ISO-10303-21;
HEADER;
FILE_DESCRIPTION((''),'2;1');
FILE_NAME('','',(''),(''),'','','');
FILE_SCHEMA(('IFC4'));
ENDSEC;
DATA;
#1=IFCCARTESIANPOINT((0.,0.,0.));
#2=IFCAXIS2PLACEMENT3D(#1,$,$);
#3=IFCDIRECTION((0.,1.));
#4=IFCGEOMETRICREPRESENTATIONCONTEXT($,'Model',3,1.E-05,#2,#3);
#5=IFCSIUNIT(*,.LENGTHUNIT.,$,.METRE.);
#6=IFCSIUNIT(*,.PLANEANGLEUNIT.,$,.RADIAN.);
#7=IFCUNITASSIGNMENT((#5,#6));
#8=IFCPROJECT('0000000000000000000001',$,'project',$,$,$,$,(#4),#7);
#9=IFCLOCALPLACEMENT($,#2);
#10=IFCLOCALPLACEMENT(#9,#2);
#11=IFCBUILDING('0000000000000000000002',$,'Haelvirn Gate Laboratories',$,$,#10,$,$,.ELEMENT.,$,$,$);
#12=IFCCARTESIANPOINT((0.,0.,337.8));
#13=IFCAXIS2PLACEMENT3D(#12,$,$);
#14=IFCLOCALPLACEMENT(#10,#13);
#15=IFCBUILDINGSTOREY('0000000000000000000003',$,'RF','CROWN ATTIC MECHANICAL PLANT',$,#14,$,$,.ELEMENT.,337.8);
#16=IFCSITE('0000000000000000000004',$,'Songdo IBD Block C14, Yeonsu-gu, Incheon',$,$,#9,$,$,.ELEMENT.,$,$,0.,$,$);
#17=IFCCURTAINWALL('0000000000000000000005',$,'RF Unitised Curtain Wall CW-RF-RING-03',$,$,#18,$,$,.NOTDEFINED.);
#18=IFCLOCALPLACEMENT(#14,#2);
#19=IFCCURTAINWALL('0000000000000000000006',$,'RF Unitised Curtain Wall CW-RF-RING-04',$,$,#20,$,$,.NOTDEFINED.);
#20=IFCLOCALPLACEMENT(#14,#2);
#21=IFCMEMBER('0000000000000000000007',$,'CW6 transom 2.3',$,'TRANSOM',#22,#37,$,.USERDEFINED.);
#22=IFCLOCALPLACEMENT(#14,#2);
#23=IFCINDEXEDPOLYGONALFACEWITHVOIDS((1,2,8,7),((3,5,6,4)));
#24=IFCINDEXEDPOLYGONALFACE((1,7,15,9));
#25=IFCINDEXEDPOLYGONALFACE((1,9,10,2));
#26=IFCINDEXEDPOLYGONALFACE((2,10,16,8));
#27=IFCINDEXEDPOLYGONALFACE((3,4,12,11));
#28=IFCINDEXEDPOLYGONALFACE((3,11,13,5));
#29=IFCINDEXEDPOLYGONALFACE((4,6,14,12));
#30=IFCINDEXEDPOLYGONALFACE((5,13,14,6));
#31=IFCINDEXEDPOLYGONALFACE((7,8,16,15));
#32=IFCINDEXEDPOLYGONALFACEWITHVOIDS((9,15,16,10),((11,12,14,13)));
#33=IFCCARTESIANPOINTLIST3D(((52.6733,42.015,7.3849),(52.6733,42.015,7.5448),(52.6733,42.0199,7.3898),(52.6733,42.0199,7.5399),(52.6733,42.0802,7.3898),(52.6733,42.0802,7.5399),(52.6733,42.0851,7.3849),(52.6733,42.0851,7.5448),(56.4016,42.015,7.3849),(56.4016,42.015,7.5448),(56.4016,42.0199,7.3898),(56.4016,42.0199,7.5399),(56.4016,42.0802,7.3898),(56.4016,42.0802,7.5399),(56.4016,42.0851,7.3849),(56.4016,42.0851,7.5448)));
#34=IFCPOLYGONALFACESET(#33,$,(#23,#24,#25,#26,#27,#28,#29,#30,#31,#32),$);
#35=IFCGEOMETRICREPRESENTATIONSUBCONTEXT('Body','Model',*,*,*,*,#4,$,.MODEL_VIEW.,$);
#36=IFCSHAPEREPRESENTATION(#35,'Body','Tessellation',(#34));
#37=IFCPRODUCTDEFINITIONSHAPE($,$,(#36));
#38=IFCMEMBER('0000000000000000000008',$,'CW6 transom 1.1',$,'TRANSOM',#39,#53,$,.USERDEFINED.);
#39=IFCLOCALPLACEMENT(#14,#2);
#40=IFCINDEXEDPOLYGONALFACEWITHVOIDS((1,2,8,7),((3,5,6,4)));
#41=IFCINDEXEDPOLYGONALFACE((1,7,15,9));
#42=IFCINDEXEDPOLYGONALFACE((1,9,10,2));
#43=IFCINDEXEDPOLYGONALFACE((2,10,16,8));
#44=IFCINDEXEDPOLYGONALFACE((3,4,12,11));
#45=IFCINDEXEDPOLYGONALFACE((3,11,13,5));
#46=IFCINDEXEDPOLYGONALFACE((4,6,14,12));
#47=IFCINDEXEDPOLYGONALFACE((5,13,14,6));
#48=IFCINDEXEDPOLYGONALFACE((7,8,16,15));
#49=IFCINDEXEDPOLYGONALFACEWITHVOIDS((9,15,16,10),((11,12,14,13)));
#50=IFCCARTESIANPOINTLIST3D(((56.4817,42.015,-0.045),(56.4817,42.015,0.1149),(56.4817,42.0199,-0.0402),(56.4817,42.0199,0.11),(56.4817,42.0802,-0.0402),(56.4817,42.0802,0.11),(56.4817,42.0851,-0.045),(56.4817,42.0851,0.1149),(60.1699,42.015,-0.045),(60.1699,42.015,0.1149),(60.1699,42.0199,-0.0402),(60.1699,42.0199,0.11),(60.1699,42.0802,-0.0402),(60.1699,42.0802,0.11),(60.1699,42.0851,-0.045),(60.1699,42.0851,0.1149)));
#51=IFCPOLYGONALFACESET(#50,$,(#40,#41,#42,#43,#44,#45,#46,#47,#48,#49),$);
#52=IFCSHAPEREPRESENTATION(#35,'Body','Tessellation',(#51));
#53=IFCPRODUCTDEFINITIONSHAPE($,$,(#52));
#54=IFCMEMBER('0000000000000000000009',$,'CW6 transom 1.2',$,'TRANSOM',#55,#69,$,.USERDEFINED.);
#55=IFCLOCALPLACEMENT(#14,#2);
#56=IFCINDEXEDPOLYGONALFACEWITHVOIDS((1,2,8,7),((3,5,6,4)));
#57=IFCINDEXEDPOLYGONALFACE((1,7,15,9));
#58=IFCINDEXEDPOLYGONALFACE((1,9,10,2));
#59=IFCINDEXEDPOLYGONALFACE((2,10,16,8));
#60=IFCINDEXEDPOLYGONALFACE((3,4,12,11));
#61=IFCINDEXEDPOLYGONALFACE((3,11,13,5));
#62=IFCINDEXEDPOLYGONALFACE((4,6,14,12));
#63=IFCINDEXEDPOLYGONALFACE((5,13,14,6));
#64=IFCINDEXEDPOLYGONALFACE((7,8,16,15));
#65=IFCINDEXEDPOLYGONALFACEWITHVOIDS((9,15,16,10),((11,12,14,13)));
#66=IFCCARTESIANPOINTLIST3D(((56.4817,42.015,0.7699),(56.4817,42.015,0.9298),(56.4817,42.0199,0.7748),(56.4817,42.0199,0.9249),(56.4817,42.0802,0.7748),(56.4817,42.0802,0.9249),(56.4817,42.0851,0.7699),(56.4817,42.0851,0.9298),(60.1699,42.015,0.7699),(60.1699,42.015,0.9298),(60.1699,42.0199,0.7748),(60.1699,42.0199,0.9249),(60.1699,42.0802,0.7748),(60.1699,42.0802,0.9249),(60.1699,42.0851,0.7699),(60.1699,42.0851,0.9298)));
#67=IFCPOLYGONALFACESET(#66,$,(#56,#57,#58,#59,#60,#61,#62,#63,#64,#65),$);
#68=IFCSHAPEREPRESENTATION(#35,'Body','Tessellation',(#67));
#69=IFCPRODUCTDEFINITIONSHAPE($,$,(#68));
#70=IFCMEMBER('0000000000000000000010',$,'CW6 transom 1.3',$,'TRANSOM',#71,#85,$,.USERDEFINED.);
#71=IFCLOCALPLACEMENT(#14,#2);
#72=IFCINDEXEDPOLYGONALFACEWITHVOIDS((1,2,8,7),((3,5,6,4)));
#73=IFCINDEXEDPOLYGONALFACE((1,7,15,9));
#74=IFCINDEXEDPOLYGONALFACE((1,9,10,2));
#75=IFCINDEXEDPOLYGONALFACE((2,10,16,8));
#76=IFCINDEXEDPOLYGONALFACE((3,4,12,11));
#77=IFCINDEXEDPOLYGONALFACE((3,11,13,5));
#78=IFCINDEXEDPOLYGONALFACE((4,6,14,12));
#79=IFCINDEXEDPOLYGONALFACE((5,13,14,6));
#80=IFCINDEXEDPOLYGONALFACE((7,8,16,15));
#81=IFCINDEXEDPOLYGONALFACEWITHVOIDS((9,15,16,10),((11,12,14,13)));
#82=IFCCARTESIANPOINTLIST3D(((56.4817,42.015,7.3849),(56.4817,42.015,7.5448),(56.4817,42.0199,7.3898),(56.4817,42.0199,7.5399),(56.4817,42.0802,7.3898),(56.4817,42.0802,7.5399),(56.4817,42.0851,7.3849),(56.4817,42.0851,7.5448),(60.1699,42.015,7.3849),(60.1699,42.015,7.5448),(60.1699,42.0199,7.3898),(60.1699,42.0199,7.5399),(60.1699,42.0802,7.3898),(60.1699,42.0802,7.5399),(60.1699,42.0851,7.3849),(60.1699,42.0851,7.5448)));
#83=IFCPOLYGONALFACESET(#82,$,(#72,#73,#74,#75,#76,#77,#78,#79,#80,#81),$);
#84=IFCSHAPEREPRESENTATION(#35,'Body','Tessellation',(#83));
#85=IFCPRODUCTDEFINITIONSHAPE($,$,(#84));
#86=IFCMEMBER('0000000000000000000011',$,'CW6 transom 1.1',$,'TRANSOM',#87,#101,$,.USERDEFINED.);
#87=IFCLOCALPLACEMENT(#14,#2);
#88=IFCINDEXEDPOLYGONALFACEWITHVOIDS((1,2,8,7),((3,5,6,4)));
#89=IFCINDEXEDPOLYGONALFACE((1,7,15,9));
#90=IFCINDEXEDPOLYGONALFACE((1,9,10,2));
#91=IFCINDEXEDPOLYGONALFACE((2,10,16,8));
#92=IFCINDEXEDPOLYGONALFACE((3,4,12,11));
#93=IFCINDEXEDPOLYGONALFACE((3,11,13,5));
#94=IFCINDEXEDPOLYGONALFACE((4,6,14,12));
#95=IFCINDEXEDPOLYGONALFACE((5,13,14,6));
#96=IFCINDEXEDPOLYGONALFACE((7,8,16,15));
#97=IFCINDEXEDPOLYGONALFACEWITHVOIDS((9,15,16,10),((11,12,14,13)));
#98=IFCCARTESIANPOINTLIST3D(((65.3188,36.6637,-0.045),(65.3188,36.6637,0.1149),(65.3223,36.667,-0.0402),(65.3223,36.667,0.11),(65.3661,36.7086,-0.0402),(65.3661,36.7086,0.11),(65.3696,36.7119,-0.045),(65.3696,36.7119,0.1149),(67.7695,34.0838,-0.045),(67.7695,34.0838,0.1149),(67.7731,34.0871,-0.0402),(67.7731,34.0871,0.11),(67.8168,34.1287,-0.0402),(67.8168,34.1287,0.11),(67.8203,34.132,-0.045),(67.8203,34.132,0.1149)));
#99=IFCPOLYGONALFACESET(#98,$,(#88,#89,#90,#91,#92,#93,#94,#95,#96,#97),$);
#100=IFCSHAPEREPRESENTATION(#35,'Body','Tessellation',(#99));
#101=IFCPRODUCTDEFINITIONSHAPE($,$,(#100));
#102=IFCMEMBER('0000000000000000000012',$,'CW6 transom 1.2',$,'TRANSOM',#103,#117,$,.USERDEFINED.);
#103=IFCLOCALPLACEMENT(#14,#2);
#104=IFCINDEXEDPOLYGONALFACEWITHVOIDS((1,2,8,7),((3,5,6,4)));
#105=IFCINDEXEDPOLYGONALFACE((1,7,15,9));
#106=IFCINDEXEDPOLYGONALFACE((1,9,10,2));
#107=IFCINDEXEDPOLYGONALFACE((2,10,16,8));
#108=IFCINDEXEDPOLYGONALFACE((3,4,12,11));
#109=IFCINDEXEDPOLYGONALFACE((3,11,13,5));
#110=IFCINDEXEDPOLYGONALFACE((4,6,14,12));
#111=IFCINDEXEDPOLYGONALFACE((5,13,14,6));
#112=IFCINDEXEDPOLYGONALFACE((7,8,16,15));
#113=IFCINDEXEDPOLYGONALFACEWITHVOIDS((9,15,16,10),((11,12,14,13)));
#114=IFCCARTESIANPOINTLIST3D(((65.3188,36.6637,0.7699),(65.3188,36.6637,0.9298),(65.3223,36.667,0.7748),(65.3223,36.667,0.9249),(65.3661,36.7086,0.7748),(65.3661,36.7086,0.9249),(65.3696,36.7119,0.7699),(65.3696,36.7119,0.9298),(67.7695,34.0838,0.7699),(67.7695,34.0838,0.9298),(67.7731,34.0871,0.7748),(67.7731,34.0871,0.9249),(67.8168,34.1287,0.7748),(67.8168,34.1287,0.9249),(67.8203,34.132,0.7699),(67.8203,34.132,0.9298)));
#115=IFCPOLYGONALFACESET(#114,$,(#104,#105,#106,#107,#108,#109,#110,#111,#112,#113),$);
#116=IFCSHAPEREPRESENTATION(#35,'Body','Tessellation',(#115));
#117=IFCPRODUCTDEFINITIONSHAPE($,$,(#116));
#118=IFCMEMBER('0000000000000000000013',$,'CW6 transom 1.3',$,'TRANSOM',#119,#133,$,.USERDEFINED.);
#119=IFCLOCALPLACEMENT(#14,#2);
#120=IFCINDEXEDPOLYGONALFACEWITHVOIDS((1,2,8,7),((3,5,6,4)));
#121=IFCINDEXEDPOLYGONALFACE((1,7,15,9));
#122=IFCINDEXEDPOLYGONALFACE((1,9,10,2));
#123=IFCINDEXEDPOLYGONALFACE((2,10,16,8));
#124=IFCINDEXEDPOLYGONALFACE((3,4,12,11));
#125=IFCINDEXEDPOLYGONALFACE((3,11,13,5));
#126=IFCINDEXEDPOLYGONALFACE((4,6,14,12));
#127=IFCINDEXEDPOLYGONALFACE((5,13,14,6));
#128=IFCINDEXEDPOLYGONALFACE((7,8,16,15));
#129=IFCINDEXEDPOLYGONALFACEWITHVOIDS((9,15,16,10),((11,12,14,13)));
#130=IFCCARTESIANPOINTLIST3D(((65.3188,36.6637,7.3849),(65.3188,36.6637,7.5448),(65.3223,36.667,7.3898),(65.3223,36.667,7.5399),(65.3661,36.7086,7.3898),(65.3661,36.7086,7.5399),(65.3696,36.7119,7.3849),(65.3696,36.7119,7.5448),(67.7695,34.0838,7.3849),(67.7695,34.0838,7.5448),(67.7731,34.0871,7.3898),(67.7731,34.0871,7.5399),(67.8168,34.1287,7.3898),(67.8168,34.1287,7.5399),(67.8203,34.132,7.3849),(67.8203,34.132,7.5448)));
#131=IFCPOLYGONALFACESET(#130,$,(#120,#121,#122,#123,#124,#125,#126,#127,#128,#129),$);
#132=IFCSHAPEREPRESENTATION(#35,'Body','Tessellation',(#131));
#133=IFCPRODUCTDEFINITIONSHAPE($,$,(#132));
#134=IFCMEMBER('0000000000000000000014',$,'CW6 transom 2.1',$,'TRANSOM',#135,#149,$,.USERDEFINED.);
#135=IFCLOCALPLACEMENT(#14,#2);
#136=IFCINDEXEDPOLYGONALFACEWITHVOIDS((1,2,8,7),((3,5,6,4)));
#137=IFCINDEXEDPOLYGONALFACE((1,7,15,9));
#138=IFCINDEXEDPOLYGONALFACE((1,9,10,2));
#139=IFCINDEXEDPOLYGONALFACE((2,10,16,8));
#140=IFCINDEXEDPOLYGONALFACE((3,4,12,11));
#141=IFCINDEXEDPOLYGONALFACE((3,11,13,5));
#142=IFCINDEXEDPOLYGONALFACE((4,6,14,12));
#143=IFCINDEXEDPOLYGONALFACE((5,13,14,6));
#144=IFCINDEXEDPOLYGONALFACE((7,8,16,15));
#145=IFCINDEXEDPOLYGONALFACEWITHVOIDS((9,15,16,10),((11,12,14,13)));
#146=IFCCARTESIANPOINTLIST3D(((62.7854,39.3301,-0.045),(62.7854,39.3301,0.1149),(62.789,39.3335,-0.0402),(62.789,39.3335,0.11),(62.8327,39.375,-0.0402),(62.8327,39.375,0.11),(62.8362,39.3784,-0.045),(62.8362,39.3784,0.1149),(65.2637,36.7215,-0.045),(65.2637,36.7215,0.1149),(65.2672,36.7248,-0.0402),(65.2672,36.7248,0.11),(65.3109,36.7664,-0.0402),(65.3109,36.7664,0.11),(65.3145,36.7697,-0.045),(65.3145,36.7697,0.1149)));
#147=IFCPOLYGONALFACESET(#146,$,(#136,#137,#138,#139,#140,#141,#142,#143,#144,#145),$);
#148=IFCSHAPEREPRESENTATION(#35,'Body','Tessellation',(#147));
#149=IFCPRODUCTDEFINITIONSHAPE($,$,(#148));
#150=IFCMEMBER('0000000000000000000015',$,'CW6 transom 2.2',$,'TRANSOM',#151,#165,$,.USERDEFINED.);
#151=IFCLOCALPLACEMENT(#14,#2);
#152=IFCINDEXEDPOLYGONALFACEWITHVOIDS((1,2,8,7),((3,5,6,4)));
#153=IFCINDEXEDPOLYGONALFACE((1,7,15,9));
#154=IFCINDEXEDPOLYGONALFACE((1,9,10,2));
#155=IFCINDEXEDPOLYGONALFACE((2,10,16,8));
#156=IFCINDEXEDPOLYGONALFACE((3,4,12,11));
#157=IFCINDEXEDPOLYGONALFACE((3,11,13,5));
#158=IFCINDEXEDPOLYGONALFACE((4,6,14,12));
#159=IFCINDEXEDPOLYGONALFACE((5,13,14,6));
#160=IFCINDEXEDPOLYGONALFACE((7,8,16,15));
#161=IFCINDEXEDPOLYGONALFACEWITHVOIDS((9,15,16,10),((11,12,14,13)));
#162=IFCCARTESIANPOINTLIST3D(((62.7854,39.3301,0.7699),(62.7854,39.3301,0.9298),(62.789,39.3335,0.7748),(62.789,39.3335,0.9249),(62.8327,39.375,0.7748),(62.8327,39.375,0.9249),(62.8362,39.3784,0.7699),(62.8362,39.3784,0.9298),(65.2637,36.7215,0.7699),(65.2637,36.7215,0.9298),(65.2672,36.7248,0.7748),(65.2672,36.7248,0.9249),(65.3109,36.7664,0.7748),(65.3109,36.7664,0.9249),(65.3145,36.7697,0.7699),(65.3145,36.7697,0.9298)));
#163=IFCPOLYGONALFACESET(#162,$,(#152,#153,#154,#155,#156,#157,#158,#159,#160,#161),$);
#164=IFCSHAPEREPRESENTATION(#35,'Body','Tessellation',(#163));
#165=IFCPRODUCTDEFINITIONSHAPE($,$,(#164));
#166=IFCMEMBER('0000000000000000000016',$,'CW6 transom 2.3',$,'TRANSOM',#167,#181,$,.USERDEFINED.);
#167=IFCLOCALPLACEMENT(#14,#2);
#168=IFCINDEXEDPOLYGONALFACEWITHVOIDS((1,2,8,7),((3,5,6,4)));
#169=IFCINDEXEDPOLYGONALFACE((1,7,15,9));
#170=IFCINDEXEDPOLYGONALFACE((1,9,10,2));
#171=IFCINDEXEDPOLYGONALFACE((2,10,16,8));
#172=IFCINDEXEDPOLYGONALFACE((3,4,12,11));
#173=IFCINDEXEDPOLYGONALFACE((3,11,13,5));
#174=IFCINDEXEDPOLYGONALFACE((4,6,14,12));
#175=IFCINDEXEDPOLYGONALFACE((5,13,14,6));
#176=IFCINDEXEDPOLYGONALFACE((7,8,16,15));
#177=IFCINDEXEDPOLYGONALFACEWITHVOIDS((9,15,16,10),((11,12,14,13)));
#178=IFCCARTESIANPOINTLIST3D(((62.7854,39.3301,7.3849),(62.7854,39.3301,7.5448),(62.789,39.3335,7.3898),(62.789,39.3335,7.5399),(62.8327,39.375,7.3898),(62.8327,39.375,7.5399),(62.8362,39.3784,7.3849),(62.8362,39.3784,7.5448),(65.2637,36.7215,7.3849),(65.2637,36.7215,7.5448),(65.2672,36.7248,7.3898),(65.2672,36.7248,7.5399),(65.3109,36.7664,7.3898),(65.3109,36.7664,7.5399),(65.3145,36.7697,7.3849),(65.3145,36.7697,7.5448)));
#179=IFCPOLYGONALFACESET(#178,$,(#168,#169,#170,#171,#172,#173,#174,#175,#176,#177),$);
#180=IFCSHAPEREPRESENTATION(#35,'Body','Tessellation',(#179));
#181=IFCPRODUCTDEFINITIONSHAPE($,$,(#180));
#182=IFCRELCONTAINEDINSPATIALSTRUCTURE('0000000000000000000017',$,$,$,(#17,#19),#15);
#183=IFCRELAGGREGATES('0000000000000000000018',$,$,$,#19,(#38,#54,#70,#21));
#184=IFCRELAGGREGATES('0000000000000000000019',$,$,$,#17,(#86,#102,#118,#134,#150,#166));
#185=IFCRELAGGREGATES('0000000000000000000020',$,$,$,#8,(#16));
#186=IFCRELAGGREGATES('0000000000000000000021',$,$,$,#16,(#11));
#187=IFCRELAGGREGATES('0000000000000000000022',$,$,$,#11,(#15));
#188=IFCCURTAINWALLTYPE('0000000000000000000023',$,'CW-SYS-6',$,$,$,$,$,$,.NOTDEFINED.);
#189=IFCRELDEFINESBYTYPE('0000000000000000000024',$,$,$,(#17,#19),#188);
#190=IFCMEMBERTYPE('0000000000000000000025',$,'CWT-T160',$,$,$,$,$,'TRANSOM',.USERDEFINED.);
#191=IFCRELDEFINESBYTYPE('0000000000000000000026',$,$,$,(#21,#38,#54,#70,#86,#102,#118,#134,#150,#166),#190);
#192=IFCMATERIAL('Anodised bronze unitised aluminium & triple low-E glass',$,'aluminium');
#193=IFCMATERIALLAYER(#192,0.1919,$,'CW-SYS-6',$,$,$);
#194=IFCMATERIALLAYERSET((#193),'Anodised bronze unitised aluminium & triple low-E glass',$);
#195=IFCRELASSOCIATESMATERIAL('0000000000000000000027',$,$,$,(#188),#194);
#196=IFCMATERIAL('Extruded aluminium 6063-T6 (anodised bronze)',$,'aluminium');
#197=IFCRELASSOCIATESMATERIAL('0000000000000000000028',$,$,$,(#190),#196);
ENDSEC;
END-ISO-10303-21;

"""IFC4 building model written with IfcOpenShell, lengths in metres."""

from ifc_helpers import new_model, si_unit, direction, frame, origin, origin_2d, place, context, subcontext, project, spatial, hollow_rectangle, extrude, source, transform, mapped, material, layer, layer_set, material_profile, profile_set, type_object, element, aggregate, save


model = new_model("IFC4")

# Units and contexts
model_context = context("Model", 3, precision=1e-05, world=origin(), true_north=direction((0.0, 1.0)))
body_context = subcontext(model_context, "Body", "Model", "MODEL_VIEW")
ifc_project = project(units=[si_unit("LENGTHUNIT", "METRE"), si_unit("PLANEANGLEUNIT", "RADIAN")], contexts=[model_context])

# Site, building, storey
site_placement = place(None, origin())
site = spatial("IfcSite", under=ifc_project, at=site_placement, Name="Songdo IBD Block C14, Yeonsu-gu, Incheon", CompositionType="ELEMENT", RefElevation=0.0)
building_placement = place(site_placement, origin())
building = spatial("IfcBuilding", under=site, at=building_placement, Name="Haelvirn Gate Laboratories", CompositionType="ELEMENT")
storey_placement = place(building_placement, frame((0.0, 0.0, 337.8)))
storey = spatial("IfcBuildingStorey", under=building, at=storey_placement, Name="RF", Description="CROWN ATTIC MECHANICAL PLANT", CompositionType="ELEMENT", Elevation=337.8)

# Curtain walls, members
ifc_material_1 = material(Name="Anodised bronze unitised aluminium & triple low-E glass", Category="aluminium")
ifc_layer_1 = layer(ifc_material_1, 0.1919, Name="CW-SYS-6")
ifc_layer_set_1 = layer_set([ifc_layer_1], Name="Anodised bronze unitised aluminium & triple low-E glass")
curtain_wall_type = type_object("IfcCurtainWallType", Name="CW-SYS-6", PredefinedType="NOTDEFINED", material=ifc_layer_set_1)
curtain_wall_1_placement = place(storey_placement, origin())
curtain_wall_1 = element("IfcCurtainWall", 1, at=curtain_wall_1_placement, inside=storey, type_object=curtain_wall_type, Name="RF Unitised Curtain Wall CW-RF-RING-03", PredefinedType="NOTDEFINED")
ifc_material_2 = material(Name="Extruded aluminium 6063-T6 (anodised bronze)", Category="aluminium")
curtain_wall_2_placement = place(storey_placement, origin())
curtain_wall_2 = element("IfcCurtainWall", 2, at=curtain_wall_2_placement, inside=storey, type_object=curtain_wall_type, Name="RF Unitised Curtain Wall CW-RF-RING-04", PredefinedType="NOTDEFINED")
ifc_material_profile_1 = material_profile(ifc_material_2, hollow_rectangle(XDim=0.0701, YDim=0.1599, WallThickness=0.0049, at=origin_2d()), Name="CWT-160x70x5")
ifc_profile_set_1 = profile_set([ifc_material_profile_1], Name="Extruded aluminium 6063-T6 (anodised bronze)")
member_type_1 = type_object("IfcMemberType", Name="CWT-T160", ElementType="TRANSOM", PredefinedType="USERDEFINED", material=ifc_profile_set_1)
shared_shape_1 = source(origin(), body_context, "Body", "SweptSolid", [
    extrude(hollow_rectangle(XDim=0.0701, YDim=0.1599, WallThickness=0.0049, at=origin_2d()), origin(), (0.0, 0.0, 1.0), 3.7283),
])
member_1_placement = place(storey_placement, frame((56.4016, 42.05, 7.4648), z_axis=(-1.0, 0.0, 0.0), x_axis=(0.0, -1.0, 0.0)))
member_1 = element("IfcMember", 3, at=member_1_placement, type_object=member_type_1, Name="CW6 transom 2.3", ObjectType="TRANSOM", PredefinedType="USERDEFINED", context=body_context, shape_type="MappedRepresentation", body=[
    mapped(shared_shape_1, transform((0.0, 0.0, 0.0), scale=1.0)),
])
shared_shape_2 = source(origin(), body_context, "Body", "SweptSolid", [
    extrude(hollow_rectangle(XDim=0.0701, YDim=0.1599, WallThickness=0.0049, at=origin_2d()), origin(), (0.0, 0.0, 1.0), 3.6882),
])
member_2_placement = place(storey_placement, frame((60.1699, 42.05, 0.0349), z_axis=(-1.0, 0.0, 0.0), x_axis=(0.0, -1.0, 0.0)))
member_2 = element("IfcMember", 4, at=member_2_placement, type_object=member_type_1, Name="CW6 transom 1.1", ObjectType="TRANSOM", PredefinedType="USERDEFINED", context=body_context, shape_type="MappedRepresentation", body=[
    mapped(shared_shape_2, transform((0.0, 0.0, 0.0), scale=1.0)),
])
member_3_placement = place(storey_placement, frame((60.1699, 42.05, 0.8499), z_axis=(-1.0, 0.0, 0.0), x_axis=(0.0, -1.0, 0.0)))
member_3 = element("IfcMember", 5, at=member_3_placement, type_object=member_type_1, Name="CW6 transom 1.2", ObjectType="TRANSOM", PredefinedType="USERDEFINED", context=body_context, shape_type="MappedRepresentation", body=[
    mapped(shared_shape_2, transform((0.0, 0.0, 0.0), scale=1.0)),
])
member_4_placement = place(storey_placement, frame((60.1699, 42.05, 7.4648), z_axis=(-1.0, 0.0, 0.0), x_axis=(0.0, -1.0, 0.0)))
member_4 = element("IfcMember", 6, at=member_4_placement, type_object=member_type_1, Name="CW6 transom 1.3", ObjectType="TRANSOM", PredefinedType="USERDEFINED", context=body_context, shape_type="MappedRepresentation", body=[
    mapped(shared_shape_2, transform((0.0, 0.0, 0.0), scale=1.0)),
])

# Members
shared_shape_3 = source(origin(), body_context, "Body", "SweptSolid", [
    extrude(hollow_rectangle(XDim=0.0701, YDim=0.1599, WallThickness=0.0049, at=origin_2d()), origin(), (0.0, 0.0, 1.0), 3.5583),
])
member_5_placement = place(storey_placement, frame((67.7949, 34.1079, 0.0349), z_axis=(-0.688726, 0.725022, 0.0), x_axis=(-0.725022, -0.688726, 0.0)))
member_5 = element("IfcMember", 7, at=member_5_placement, type_object=member_type_1, Name="CW6 transom 1.1", ObjectType="TRANSOM", PredefinedType="USERDEFINED", context=body_context, shape_type="MappedRepresentation", body=[
    mapped(shared_shape_3, transform((0.0, 0.0, 0.0), scale=1.0)),
])
member_6_placement = place(storey_placement, frame((67.7949, 34.1079, 0.8499), z_axis=(-0.688726, 0.725022, 0.0), x_axis=(-0.725022, -0.688726, 0.0)))
member_6 = element("IfcMember", 8, at=member_6_placement, type_object=member_type_1, Name="CW6 transom 1.2", ObjectType="TRANSOM", PredefinedType="USERDEFINED", context=body_context, shape_type="MappedRepresentation", body=[
    mapped(shared_shape_3, transform((0.0, 0.0, 0.0), scale=1.0)),
])
member_7_placement = place(storey_placement, frame((67.7949, 34.1079, 7.4648), z_axis=(-0.688726, 0.725022, 0.0), x_axis=(-0.725022, -0.688726, 0.0)))
member_7 = element("IfcMember", 9, at=member_7_placement, type_object=member_type_1, Name="CW6 transom 1.3", ObjectType="TRANSOM", PredefinedType="USERDEFINED", context=body_context, shape_type="MappedRepresentation", body=[
    mapped(shared_shape_3, transform((0.0, 0.0, 0.0), scale=1.0)),
])
shared_shape_4 = source(origin(), body_context, "Body", "SweptSolid", [
    extrude(hollow_rectangle(XDim=0.0701, YDim=0.1599, WallThickness=0.0049, at=origin_2d()), origin(), (0.0, 0.0, 1.0), 3.5981),
])
member_8_placement = place(storey_placement, frame((65.2891, 36.7456, 0.0349), z_axis=(-0.688758, 0.724991, 0.0), x_axis=(-0.724991, -0.688758, 0.0)))
member_8 = element("IfcMember", 10, at=member_8_placement, type_object=member_type_1, Name="CW6 transom 2.1", ObjectType="TRANSOM", PredefinedType="USERDEFINED", context=body_context, shape_type="MappedRepresentation", body=[
    mapped(shared_shape_4, transform((0.0, 0.0, 0.0), scale=1.0)),
])
member_9_placement = place(storey_placement, frame((65.2891, 36.7456, 0.8499), z_axis=(-0.688758, 0.724991, 0.0), x_axis=(-0.724991, -0.688758, 0.0)))
member_9 = element("IfcMember", 11, at=member_9_placement, type_object=member_type_1, Name="CW6 transom 2.2", ObjectType="TRANSOM", PredefinedType="USERDEFINED", context=body_context, shape_type="MappedRepresentation", body=[
    mapped(shared_shape_4, transform((0.0, 0.0, 0.0), scale=1.0)),
])
member_10_placement = place(storey_placement, frame((65.2891, 36.7456, 7.4648), z_axis=(-0.688758, 0.724991, 0.0), x_axis=(-0.724991, -0.688758, 0.0)))
member_10 = element("IfcMember", 12, at=member_10_placement, type_object=member_type_1, Name="CW6 transom 2.3", ObjectType="TRANSOM", PredefinedType="USERDEFINED", context=body_context, shape_type="MappedRepresentation", body=[
    mapped(shared_shape_4, transform((0.0, 0.0, 0.0), scale=1.0)),
])

aggregate(curtain_wall_2, [member_2, member_3, member_4, member_1])
aggregate(curtain_wall_1, [member_5, member_6, member_7, member_8, member_9, member_10])

save(model, "model.ifc")
